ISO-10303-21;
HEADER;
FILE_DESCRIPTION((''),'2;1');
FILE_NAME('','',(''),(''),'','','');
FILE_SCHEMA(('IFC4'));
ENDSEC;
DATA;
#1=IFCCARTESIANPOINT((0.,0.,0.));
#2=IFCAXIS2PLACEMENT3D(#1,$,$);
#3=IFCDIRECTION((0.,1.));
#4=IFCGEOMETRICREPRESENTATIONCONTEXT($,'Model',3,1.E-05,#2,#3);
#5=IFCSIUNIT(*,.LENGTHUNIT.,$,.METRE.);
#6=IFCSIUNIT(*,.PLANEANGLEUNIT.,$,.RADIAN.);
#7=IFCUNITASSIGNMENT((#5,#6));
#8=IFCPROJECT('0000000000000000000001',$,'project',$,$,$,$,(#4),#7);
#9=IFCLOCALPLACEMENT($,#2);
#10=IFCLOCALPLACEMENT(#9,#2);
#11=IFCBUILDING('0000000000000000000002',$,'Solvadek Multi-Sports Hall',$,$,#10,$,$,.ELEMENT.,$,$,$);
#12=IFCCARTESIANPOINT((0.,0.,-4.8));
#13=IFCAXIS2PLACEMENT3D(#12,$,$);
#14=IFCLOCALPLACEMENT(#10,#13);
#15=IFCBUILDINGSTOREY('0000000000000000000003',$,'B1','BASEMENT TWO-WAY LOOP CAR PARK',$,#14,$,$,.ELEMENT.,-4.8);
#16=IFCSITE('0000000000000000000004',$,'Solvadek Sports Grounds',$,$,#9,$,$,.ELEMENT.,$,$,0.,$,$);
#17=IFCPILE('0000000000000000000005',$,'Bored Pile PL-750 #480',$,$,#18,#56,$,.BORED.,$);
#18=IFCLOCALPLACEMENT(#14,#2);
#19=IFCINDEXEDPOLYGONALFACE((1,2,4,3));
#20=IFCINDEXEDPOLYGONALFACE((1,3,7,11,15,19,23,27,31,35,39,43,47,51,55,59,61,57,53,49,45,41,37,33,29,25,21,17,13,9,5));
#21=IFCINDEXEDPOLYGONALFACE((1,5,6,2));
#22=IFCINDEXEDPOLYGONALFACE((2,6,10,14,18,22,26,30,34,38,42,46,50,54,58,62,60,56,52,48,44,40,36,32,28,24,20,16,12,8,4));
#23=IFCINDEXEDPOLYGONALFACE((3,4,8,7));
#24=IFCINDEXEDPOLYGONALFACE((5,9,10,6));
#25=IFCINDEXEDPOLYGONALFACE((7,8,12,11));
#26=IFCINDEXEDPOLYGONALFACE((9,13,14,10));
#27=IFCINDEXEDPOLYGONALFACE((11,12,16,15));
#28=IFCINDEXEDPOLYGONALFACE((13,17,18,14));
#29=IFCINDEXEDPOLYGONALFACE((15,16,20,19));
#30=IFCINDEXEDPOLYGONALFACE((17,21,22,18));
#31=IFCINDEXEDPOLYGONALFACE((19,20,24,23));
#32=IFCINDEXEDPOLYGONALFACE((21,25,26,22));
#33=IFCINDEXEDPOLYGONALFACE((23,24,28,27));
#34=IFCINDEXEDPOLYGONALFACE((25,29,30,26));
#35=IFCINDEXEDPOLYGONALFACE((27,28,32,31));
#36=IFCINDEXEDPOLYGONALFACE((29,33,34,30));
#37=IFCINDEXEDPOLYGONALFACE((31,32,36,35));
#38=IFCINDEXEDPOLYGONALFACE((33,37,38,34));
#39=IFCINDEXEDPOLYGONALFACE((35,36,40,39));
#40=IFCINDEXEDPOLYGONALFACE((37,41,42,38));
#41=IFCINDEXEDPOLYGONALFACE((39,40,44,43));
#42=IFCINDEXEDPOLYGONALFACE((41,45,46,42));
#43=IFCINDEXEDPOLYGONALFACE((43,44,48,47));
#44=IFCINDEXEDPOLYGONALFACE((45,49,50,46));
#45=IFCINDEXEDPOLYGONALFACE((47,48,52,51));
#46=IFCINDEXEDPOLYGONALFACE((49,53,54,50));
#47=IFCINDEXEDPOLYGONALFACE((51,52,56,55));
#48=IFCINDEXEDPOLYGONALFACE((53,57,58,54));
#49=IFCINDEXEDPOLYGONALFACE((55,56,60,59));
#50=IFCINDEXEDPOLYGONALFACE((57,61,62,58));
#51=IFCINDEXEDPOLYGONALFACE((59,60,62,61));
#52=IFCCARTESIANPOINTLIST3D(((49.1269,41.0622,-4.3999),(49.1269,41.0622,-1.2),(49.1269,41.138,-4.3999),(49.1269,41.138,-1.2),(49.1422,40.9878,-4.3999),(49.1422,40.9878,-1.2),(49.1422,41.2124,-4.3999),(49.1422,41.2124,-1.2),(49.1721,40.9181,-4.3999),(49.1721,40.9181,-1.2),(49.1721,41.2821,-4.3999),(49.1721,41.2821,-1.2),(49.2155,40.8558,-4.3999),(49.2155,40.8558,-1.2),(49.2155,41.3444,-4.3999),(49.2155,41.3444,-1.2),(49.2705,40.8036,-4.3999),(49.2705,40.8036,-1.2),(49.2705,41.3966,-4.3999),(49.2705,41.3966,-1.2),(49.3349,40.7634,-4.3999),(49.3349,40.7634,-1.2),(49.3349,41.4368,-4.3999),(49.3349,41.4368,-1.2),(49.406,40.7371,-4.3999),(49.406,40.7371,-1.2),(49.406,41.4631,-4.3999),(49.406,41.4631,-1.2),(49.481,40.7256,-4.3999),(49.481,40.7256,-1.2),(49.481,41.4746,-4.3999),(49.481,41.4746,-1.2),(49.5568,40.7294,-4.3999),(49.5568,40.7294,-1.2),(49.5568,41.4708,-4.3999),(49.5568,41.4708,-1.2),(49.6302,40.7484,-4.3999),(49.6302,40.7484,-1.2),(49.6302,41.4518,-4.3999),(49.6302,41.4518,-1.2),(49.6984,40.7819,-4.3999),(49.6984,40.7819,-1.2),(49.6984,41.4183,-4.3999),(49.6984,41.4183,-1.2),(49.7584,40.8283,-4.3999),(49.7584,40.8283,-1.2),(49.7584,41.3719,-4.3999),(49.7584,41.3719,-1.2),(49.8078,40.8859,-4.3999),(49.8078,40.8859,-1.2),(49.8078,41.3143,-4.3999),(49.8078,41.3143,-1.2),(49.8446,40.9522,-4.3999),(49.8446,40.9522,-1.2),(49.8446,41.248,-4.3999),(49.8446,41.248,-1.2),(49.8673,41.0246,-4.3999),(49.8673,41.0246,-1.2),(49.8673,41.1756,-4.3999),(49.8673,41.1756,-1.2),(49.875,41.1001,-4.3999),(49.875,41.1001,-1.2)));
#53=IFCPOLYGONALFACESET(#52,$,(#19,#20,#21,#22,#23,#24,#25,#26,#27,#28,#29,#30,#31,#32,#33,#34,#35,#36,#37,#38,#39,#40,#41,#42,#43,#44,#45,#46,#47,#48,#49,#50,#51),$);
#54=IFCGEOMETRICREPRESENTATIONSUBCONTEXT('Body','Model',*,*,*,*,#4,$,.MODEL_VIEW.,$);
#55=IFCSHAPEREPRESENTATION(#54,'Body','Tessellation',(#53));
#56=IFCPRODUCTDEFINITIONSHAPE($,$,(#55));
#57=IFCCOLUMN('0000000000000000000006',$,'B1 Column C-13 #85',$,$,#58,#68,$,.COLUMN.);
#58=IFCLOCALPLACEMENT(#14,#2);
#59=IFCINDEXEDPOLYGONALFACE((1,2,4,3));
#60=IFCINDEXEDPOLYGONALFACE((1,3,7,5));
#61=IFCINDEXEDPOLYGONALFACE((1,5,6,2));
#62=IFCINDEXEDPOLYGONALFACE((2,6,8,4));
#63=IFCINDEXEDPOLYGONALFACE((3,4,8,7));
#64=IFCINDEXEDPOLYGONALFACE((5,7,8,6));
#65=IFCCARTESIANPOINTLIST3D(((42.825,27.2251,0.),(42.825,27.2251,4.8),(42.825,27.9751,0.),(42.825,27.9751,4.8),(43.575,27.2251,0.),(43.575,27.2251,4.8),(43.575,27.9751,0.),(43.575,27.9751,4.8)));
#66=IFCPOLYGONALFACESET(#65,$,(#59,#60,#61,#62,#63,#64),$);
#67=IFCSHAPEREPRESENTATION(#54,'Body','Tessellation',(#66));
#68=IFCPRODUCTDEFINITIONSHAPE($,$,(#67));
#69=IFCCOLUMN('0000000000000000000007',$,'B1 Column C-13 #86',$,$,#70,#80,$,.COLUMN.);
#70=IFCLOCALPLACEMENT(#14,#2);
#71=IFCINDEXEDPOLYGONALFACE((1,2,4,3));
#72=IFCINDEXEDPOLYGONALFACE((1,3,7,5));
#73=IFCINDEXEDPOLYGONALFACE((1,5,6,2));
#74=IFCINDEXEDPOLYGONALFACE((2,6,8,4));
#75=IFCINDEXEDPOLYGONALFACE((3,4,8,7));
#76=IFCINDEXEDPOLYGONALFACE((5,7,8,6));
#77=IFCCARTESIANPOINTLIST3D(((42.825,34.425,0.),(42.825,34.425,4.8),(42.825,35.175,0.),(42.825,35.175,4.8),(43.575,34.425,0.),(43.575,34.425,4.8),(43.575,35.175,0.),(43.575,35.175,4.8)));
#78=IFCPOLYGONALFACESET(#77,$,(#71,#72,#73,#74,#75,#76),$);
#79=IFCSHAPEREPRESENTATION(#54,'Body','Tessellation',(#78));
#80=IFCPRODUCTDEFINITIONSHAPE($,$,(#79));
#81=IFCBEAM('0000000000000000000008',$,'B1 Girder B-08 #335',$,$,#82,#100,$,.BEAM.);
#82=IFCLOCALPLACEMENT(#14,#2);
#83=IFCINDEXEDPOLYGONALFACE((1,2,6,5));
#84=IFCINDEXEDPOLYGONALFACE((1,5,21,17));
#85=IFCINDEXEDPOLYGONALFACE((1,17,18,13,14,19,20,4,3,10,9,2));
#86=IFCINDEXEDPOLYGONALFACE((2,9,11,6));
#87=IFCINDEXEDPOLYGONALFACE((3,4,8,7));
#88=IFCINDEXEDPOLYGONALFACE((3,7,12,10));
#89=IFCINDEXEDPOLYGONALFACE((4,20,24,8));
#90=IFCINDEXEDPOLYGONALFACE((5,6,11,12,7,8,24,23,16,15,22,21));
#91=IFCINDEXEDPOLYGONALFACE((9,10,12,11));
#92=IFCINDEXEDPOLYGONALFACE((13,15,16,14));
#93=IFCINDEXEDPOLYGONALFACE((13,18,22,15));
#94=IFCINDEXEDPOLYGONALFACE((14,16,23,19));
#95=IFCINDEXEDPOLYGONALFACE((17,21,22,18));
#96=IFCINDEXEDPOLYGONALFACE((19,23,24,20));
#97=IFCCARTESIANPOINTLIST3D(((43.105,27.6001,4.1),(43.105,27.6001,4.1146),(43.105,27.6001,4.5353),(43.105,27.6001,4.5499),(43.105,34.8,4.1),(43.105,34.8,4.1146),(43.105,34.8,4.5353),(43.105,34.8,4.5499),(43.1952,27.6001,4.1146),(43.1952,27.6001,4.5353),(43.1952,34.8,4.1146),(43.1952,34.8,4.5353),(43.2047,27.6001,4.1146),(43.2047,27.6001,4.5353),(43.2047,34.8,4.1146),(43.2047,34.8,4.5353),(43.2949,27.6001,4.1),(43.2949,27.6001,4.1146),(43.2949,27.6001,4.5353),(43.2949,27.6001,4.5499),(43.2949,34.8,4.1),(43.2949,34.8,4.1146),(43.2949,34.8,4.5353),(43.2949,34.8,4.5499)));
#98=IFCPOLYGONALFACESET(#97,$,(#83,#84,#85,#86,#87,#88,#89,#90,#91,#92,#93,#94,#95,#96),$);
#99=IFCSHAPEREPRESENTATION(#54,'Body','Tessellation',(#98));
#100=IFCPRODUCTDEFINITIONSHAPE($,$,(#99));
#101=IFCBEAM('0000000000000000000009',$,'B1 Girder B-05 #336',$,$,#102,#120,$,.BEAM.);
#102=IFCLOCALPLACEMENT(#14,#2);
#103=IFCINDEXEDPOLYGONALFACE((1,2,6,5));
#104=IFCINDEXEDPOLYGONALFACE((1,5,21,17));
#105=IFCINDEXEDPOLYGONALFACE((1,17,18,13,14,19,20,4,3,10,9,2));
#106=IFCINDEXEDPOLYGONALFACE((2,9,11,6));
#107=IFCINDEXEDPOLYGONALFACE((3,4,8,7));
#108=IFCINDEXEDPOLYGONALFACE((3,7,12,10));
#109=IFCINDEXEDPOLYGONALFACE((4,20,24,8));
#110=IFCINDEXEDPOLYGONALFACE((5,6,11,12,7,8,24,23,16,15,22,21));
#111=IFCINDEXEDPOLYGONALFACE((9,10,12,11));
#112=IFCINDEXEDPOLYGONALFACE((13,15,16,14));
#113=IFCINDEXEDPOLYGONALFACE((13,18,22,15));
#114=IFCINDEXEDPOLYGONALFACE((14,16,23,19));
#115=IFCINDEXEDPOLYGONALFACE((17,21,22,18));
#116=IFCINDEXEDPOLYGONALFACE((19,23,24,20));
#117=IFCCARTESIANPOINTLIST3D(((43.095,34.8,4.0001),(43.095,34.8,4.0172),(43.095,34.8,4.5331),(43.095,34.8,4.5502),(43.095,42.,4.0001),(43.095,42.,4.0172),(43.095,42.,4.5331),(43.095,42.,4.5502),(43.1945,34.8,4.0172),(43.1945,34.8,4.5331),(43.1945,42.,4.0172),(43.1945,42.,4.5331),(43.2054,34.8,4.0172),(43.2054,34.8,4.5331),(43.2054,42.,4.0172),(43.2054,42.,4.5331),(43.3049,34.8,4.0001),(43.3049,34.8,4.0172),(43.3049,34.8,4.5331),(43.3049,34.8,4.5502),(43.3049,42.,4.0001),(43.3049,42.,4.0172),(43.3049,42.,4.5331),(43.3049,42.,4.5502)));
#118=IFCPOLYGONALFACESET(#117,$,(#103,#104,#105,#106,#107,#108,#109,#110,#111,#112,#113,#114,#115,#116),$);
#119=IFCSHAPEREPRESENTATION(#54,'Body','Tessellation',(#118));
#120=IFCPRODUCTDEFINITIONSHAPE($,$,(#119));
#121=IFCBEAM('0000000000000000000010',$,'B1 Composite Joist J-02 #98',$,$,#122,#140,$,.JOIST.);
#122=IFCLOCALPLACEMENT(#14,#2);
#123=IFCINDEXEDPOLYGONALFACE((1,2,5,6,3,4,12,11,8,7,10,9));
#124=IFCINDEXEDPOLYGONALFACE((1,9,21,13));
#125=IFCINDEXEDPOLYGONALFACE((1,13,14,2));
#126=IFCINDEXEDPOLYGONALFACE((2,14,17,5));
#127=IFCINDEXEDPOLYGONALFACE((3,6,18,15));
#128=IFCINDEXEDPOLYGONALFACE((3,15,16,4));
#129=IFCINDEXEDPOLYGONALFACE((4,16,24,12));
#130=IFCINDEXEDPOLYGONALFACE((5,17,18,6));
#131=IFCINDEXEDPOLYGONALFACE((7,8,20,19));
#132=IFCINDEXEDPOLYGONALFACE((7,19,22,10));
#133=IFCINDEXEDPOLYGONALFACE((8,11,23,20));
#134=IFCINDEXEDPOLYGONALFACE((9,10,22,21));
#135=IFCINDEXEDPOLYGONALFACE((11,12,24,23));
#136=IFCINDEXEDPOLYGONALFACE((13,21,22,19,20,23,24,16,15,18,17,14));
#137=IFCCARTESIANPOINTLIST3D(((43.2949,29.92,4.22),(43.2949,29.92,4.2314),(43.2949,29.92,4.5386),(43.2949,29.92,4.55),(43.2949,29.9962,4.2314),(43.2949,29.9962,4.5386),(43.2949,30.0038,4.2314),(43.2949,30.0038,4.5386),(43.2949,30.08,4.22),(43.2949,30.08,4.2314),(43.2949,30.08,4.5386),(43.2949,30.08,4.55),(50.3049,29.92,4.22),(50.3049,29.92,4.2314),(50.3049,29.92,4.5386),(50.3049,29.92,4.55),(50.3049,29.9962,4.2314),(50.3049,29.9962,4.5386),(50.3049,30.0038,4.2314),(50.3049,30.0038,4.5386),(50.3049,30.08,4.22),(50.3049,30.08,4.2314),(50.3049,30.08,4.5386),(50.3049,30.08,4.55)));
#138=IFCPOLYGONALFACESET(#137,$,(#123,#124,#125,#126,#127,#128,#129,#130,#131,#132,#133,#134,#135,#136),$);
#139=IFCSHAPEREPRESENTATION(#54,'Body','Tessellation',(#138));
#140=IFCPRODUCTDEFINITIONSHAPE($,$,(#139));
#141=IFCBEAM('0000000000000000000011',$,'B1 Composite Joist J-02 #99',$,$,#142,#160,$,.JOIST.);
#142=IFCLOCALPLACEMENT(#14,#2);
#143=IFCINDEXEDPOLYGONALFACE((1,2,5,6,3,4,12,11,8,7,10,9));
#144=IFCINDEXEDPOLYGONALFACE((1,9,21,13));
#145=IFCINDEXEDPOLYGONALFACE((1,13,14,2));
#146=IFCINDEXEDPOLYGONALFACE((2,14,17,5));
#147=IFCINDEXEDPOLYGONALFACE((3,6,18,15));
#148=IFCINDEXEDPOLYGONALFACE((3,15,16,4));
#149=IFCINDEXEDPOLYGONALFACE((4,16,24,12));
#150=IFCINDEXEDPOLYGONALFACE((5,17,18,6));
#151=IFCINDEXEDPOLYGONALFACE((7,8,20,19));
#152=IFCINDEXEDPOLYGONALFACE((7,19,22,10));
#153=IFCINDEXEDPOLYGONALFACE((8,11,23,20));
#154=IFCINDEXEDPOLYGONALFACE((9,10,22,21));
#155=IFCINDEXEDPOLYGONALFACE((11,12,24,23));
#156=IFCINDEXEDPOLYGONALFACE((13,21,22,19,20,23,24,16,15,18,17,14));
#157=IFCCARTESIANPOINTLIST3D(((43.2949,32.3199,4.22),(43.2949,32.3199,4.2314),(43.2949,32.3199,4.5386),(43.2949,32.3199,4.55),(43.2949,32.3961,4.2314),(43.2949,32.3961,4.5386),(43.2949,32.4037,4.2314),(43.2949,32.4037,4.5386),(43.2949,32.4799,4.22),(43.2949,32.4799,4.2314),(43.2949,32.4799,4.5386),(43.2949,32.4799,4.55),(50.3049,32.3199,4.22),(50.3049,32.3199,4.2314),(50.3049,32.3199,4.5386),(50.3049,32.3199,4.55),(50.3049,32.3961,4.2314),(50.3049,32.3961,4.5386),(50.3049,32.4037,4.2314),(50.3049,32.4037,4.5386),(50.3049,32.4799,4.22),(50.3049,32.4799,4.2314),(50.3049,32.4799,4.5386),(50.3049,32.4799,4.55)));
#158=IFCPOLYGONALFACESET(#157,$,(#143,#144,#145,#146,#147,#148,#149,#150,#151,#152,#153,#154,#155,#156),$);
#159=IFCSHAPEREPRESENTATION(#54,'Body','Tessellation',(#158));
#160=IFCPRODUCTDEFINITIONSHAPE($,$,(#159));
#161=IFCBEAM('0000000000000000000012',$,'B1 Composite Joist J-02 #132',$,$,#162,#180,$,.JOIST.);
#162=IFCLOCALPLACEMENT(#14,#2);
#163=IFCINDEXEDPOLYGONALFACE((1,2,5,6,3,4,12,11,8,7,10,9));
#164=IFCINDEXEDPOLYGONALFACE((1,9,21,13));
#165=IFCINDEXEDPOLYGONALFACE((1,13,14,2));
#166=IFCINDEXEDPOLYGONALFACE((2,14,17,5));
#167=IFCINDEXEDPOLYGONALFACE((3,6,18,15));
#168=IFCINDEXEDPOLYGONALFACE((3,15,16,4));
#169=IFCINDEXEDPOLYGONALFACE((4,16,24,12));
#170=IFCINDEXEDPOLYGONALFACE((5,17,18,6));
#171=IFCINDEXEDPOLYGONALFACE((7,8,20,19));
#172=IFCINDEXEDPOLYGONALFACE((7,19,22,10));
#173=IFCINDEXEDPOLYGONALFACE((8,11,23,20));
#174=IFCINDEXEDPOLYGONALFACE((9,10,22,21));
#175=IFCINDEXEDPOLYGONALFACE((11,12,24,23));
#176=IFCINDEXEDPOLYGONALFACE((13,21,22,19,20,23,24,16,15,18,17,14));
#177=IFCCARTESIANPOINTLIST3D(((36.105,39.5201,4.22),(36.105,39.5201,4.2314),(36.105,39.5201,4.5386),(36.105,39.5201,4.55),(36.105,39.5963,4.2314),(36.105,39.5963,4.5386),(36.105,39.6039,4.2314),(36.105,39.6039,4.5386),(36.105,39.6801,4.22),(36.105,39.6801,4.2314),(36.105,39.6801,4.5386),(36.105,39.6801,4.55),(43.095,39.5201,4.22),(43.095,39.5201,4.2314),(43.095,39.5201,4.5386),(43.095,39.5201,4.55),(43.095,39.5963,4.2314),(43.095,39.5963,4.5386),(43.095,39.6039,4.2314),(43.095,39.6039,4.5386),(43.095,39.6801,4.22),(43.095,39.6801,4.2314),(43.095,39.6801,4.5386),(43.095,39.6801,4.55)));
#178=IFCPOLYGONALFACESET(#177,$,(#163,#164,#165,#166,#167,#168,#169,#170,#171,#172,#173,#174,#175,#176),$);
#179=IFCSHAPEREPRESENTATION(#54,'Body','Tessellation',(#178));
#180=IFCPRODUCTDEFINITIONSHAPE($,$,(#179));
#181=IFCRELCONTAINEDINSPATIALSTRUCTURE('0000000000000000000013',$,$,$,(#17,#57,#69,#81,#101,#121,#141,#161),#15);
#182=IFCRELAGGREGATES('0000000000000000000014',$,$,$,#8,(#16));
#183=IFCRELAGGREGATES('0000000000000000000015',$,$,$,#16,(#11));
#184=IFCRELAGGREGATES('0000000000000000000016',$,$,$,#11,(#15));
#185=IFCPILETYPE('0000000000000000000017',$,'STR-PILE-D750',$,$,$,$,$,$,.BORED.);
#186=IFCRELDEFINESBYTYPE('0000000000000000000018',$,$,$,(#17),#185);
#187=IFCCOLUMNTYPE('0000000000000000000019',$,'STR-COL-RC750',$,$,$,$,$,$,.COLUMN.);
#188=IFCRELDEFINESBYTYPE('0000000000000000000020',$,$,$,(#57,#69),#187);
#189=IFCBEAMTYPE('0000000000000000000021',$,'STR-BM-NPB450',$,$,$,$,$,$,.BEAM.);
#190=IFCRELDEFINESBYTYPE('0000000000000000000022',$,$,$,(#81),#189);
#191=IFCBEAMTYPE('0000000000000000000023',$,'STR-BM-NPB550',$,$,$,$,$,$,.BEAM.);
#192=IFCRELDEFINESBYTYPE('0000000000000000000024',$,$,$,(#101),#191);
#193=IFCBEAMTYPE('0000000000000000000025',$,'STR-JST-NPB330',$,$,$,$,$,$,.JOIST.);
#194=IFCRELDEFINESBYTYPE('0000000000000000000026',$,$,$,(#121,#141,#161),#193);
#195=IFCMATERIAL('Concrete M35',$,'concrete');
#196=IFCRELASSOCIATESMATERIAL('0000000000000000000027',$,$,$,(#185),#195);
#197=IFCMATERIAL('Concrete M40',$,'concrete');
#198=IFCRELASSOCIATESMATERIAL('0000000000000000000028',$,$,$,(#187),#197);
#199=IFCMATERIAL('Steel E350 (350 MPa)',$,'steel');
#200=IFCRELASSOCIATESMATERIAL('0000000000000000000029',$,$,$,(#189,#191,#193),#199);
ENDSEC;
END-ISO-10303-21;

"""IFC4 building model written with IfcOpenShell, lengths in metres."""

from ifc_helpers import new_model, si_unit, direction, frame, origin, origin_2d, place, context, subcontext, project, spatial, rectangle, circle, i_section, extrude, material, material_profile, profile_set, type_object, element, save


model = new_model("IFC4")

# Units and contexts
model_context = context("Model", 3, precision=1e-05, world=origin(), true_north=direction((0.0, 1.0)))
body_context = subcontext(model_context, "Body", "Model", "MODEL_VIEW")
ifc_project = project(units=[si_unit("LENGTHUNIT", "METRE"), si_unit("PLANEANGLEUNIT", "RADIAN")], contexts=[model_context])

# Site, building, storey
site_placement = place(None, origin())
site = spatial("IfcSite", under=ifc_project, at=site_placement, Name="Solvadek Sports Grounds", CompositionType="ELEMENT", RefElevation=0.0)
building_placement = place(site_placement, origin())
building = spatial("IfcBuilding", under=site, at=building_placement, Name="Solvadek Multi-Sports Hall", CompositionType="ELEMENT")
storey_placement = place(building_placement, frame((0.0, 0.0, -4.8)))
storey = spatial("IfcBuildingStorey", under=building, at=storey_placement, Name="B1", Description="BASEMENT TWO-WAY LOOP CAR PARK", CompositionType="ELEMENT", Elevation=-4.8)

# Shared definitions
ifc_material_1 = material(Name="Concrete M40", Category="concrete")

# Pile
ifc_material_2 = material(Name="Concrete M35", Category="concrete")
ifc_material_profile_1 = material_profile(ifc_material_2, circle(Radius=0.375, at=origin_2d()), Name="BORED PILE D750")
ifc_profile_set_1 = profile_set([ifc_material_profile_1], Name="Concrete M35")
pile_type_1 = type_object("IfcPileType", Name="STR-PILE-D750", PredefinedType="BORED", material=ifc_profile_set_1)
for number, where, z_axis, x_axis, name in (
    (1, (49.5, 41.1001, -1.2), (0.0, 0.0, -1.0), (1.0, 0.0, 0.0), "Bored Pile PL-750 #480"),
):
    element("IfcPile", number, at=place(storey_placement, frame(where, z_axis=z_axis, x_axis=x_axis)), inside=storey, type_object=pile_type_1, Name=name, PredefinedType="BORED", context=body_context, shape_type="SweptSolid", body=[
        extrude(circle(Radius=0.375, at=origin_2d()), origin(), (0.0, 0.0, 1.0), 3.2),
    ])

# Columns
ifc_material_profile_2 = material_profile(ifc_material_1, rectangle(XDim=0.75, YDim=0.75, at=origin_2d()), Name="RC 750x750")
ifc_profile_set_2 = profile_set([ifc_material_profile_2], Name="Concrete M40")
column_type = type_object("IfcColumnType", Name="STR-COL-RC750", PredefinedType="COLUMN", material=ifc_profile_set_2)
for number, where, z_axis, x_axis, name in (
    (2, (43.2, 27.6001, 0.0), (0.0, 0.0, 1.0), (1.0, 0.0, 0.0), "B1 Column C-13 #85"),
    (3, (43.2, 34.8, 0.0), (0.0, 0.0, 1.0), (1.0, 0.0, 0.0), "B1 Column C-13 #86"),
):
    element("IfcColumn", number, at=place(storey_placement, frame(where, z_axis=z_axis, x_axis=x_axis)), inside=storey, type_object=column_type, Name=name, PredefinedType="COLUMN", context=body_context, shape_type="SweptSolid", body=[
        extrude(rectangle(XDim=0.75, YDim=0.75, at=origin_2d()), origin(), (0.0, 0.0, 1.0), 4.8),
    ])

# Beams
ifc_material_3 = material(Name="Steel E350 (350 MPa)", Category="steel")
ifc_material_profile_3 = material_profile(ifc_material_3, i_section(OverallWidth=0.1899, OverallDepth=0.45, WebThickness=0.0095, FlangeThickness=0.0146, at=origin_2d()), Name="NPB 450")
ifc_profile_set_3 = profile_set([ifc_material_profile_3], Name="Steel E350 (350 MPa)")
beam_type_1 = type_object("IfcBeamType", Name="STR-BM-NPB450", PredefinedType="BEAM", material=ifc_profile_set_3)
beam_1_placement = place(storey_placement, frame((43.2, 27.6001, 4.325), z_axis=(0.0, 1.0, 0.0), x_axis=(-1.0, 0.0, 0.0)))
element("IfcBeam", 4, at=beam_1_placement, inside=storey, type_object=beam_type_1, Name="B1 Girder B-08 #335", PredefinedType="BEAM", context=body_context, shape_type="SweptSolid", body=[
    extrude(i_section(OverallWidth=0.1899, OverallDepth=0.45, WebThickness=0.0095, FlangeThickness=0.0146, at=origin_2d()), origin(), (0.0, 0.0, 1.0), 7.2),
])
ifc_material_profile_4 = material_profile(ifc_material_3, i_section(OverallWidth=0.21, OverallDepth=0.55, WebThickness=0.011, FlangeThickness=0.0171, at=origin_2d()), Name="NPB 550")
ifc_profile_set_4 = profile_set([ifc_material_profile_4], Name="Steel E350 (350 MPa)")
beam_type_2 = type_object("IfcBeamType", Name="STR-BM-NPB550", PredefinedType="BEAM", material=ifc_profile_set_4)
beam_2_placement = place(storey_placement, frame((43.2, 34.8, 4.2751), z_axis=(0.0, 1.0, 0.0), x_axis=(-1.0, 0.0, 0.0)))
element("IfcBeam", 5, at=beam_2_placement, inside=storey, type_object=beam_type_2, Name="B1 Girder B-05 #336", PredefinedType="BEAM", context=body_context, shape_type="SweptSolid", body=[
    extrude(i_section(OverallWidth=0.21, OverallDepth=0.55, WebThickness=0.011, FlangeThickness=0.0171, at=origin_2d()), origin(), (0.0, 0.0, 1.0), 7.2),
])
ifc_material_profile_5 = material_profile(ifc_material_3, i_section(OverallWidth=0.1599, OverallDepth=0.3301, WebThickness=0.0076, FlangeThickness=0.0115, at=origin_2d()), Name="NPB 330")
ifc_profile_set_5 = profile_set([ifc_material_profile_5], Name="Steel E350 (350 MPa)")
beam_type_3 = type_object("IfcBeamType", Name="STR-JST-NPB330", PredefinedType="JOIST", material=ifc_profile_set_5)
for number, where, z_axis, x_axis, name in (
    (6, (43.2949, 30.0, 4.385), (1.0, 0.0, 0.0), (0.0, 1.0, 0.0), "B1 Composite Joist J-02 #98"),
    (7, (43.2949, 32.3999, 4.385), (1.0, 0.0, 0.0), (0.0, 1.0, 0.0), "B1 Composite Joist J-02 #99"),
):
    element("IfcBeam", number, at=place(storey_placement, frame(where, z_axis=z_axis, x_axis=x_axis)), inside=storey, type_object=beam_type_3, Name=name, PredefinedType="JOIST", context=body_context, shape_type="SweptSolid", body=[
        extrude(i_section(OverallWidth=0.1599, OverallDepth=0.3301, WebThickness=0.0076, FlangeThickness=0.0115, at=origin_2d()), origin(), (0.0, 0.0, 1.0), 7.01),
    ])
for number, where, z_axis, x_axis, name in (
    (8, (36.105, 39.6001, 4.385), (1.0, 0.0, 0.0), (0.0, 1.0, 0.0), "B1 Composite Joist J-02 #132"),
):
    element("IfcBeam", number, at=place(storey_placement, frame(where, z_axis=z_axis, x_axis=x_axis)), inside=storey, type_object=beam_type_3, Name=name, PredefinedType="JOIST", context=body_context, shape_type="SweptSolid", body=[
        extrude(i_section(OverallWidth=0.1599, OverallDepth=0.3301, WebThickness=0.0076, FlangeThickness=0.0115, at=origin_2d()), origin(), (0.0, 0.0, 1.0), 6.99),
    ])

save(model, "model.ifc")
